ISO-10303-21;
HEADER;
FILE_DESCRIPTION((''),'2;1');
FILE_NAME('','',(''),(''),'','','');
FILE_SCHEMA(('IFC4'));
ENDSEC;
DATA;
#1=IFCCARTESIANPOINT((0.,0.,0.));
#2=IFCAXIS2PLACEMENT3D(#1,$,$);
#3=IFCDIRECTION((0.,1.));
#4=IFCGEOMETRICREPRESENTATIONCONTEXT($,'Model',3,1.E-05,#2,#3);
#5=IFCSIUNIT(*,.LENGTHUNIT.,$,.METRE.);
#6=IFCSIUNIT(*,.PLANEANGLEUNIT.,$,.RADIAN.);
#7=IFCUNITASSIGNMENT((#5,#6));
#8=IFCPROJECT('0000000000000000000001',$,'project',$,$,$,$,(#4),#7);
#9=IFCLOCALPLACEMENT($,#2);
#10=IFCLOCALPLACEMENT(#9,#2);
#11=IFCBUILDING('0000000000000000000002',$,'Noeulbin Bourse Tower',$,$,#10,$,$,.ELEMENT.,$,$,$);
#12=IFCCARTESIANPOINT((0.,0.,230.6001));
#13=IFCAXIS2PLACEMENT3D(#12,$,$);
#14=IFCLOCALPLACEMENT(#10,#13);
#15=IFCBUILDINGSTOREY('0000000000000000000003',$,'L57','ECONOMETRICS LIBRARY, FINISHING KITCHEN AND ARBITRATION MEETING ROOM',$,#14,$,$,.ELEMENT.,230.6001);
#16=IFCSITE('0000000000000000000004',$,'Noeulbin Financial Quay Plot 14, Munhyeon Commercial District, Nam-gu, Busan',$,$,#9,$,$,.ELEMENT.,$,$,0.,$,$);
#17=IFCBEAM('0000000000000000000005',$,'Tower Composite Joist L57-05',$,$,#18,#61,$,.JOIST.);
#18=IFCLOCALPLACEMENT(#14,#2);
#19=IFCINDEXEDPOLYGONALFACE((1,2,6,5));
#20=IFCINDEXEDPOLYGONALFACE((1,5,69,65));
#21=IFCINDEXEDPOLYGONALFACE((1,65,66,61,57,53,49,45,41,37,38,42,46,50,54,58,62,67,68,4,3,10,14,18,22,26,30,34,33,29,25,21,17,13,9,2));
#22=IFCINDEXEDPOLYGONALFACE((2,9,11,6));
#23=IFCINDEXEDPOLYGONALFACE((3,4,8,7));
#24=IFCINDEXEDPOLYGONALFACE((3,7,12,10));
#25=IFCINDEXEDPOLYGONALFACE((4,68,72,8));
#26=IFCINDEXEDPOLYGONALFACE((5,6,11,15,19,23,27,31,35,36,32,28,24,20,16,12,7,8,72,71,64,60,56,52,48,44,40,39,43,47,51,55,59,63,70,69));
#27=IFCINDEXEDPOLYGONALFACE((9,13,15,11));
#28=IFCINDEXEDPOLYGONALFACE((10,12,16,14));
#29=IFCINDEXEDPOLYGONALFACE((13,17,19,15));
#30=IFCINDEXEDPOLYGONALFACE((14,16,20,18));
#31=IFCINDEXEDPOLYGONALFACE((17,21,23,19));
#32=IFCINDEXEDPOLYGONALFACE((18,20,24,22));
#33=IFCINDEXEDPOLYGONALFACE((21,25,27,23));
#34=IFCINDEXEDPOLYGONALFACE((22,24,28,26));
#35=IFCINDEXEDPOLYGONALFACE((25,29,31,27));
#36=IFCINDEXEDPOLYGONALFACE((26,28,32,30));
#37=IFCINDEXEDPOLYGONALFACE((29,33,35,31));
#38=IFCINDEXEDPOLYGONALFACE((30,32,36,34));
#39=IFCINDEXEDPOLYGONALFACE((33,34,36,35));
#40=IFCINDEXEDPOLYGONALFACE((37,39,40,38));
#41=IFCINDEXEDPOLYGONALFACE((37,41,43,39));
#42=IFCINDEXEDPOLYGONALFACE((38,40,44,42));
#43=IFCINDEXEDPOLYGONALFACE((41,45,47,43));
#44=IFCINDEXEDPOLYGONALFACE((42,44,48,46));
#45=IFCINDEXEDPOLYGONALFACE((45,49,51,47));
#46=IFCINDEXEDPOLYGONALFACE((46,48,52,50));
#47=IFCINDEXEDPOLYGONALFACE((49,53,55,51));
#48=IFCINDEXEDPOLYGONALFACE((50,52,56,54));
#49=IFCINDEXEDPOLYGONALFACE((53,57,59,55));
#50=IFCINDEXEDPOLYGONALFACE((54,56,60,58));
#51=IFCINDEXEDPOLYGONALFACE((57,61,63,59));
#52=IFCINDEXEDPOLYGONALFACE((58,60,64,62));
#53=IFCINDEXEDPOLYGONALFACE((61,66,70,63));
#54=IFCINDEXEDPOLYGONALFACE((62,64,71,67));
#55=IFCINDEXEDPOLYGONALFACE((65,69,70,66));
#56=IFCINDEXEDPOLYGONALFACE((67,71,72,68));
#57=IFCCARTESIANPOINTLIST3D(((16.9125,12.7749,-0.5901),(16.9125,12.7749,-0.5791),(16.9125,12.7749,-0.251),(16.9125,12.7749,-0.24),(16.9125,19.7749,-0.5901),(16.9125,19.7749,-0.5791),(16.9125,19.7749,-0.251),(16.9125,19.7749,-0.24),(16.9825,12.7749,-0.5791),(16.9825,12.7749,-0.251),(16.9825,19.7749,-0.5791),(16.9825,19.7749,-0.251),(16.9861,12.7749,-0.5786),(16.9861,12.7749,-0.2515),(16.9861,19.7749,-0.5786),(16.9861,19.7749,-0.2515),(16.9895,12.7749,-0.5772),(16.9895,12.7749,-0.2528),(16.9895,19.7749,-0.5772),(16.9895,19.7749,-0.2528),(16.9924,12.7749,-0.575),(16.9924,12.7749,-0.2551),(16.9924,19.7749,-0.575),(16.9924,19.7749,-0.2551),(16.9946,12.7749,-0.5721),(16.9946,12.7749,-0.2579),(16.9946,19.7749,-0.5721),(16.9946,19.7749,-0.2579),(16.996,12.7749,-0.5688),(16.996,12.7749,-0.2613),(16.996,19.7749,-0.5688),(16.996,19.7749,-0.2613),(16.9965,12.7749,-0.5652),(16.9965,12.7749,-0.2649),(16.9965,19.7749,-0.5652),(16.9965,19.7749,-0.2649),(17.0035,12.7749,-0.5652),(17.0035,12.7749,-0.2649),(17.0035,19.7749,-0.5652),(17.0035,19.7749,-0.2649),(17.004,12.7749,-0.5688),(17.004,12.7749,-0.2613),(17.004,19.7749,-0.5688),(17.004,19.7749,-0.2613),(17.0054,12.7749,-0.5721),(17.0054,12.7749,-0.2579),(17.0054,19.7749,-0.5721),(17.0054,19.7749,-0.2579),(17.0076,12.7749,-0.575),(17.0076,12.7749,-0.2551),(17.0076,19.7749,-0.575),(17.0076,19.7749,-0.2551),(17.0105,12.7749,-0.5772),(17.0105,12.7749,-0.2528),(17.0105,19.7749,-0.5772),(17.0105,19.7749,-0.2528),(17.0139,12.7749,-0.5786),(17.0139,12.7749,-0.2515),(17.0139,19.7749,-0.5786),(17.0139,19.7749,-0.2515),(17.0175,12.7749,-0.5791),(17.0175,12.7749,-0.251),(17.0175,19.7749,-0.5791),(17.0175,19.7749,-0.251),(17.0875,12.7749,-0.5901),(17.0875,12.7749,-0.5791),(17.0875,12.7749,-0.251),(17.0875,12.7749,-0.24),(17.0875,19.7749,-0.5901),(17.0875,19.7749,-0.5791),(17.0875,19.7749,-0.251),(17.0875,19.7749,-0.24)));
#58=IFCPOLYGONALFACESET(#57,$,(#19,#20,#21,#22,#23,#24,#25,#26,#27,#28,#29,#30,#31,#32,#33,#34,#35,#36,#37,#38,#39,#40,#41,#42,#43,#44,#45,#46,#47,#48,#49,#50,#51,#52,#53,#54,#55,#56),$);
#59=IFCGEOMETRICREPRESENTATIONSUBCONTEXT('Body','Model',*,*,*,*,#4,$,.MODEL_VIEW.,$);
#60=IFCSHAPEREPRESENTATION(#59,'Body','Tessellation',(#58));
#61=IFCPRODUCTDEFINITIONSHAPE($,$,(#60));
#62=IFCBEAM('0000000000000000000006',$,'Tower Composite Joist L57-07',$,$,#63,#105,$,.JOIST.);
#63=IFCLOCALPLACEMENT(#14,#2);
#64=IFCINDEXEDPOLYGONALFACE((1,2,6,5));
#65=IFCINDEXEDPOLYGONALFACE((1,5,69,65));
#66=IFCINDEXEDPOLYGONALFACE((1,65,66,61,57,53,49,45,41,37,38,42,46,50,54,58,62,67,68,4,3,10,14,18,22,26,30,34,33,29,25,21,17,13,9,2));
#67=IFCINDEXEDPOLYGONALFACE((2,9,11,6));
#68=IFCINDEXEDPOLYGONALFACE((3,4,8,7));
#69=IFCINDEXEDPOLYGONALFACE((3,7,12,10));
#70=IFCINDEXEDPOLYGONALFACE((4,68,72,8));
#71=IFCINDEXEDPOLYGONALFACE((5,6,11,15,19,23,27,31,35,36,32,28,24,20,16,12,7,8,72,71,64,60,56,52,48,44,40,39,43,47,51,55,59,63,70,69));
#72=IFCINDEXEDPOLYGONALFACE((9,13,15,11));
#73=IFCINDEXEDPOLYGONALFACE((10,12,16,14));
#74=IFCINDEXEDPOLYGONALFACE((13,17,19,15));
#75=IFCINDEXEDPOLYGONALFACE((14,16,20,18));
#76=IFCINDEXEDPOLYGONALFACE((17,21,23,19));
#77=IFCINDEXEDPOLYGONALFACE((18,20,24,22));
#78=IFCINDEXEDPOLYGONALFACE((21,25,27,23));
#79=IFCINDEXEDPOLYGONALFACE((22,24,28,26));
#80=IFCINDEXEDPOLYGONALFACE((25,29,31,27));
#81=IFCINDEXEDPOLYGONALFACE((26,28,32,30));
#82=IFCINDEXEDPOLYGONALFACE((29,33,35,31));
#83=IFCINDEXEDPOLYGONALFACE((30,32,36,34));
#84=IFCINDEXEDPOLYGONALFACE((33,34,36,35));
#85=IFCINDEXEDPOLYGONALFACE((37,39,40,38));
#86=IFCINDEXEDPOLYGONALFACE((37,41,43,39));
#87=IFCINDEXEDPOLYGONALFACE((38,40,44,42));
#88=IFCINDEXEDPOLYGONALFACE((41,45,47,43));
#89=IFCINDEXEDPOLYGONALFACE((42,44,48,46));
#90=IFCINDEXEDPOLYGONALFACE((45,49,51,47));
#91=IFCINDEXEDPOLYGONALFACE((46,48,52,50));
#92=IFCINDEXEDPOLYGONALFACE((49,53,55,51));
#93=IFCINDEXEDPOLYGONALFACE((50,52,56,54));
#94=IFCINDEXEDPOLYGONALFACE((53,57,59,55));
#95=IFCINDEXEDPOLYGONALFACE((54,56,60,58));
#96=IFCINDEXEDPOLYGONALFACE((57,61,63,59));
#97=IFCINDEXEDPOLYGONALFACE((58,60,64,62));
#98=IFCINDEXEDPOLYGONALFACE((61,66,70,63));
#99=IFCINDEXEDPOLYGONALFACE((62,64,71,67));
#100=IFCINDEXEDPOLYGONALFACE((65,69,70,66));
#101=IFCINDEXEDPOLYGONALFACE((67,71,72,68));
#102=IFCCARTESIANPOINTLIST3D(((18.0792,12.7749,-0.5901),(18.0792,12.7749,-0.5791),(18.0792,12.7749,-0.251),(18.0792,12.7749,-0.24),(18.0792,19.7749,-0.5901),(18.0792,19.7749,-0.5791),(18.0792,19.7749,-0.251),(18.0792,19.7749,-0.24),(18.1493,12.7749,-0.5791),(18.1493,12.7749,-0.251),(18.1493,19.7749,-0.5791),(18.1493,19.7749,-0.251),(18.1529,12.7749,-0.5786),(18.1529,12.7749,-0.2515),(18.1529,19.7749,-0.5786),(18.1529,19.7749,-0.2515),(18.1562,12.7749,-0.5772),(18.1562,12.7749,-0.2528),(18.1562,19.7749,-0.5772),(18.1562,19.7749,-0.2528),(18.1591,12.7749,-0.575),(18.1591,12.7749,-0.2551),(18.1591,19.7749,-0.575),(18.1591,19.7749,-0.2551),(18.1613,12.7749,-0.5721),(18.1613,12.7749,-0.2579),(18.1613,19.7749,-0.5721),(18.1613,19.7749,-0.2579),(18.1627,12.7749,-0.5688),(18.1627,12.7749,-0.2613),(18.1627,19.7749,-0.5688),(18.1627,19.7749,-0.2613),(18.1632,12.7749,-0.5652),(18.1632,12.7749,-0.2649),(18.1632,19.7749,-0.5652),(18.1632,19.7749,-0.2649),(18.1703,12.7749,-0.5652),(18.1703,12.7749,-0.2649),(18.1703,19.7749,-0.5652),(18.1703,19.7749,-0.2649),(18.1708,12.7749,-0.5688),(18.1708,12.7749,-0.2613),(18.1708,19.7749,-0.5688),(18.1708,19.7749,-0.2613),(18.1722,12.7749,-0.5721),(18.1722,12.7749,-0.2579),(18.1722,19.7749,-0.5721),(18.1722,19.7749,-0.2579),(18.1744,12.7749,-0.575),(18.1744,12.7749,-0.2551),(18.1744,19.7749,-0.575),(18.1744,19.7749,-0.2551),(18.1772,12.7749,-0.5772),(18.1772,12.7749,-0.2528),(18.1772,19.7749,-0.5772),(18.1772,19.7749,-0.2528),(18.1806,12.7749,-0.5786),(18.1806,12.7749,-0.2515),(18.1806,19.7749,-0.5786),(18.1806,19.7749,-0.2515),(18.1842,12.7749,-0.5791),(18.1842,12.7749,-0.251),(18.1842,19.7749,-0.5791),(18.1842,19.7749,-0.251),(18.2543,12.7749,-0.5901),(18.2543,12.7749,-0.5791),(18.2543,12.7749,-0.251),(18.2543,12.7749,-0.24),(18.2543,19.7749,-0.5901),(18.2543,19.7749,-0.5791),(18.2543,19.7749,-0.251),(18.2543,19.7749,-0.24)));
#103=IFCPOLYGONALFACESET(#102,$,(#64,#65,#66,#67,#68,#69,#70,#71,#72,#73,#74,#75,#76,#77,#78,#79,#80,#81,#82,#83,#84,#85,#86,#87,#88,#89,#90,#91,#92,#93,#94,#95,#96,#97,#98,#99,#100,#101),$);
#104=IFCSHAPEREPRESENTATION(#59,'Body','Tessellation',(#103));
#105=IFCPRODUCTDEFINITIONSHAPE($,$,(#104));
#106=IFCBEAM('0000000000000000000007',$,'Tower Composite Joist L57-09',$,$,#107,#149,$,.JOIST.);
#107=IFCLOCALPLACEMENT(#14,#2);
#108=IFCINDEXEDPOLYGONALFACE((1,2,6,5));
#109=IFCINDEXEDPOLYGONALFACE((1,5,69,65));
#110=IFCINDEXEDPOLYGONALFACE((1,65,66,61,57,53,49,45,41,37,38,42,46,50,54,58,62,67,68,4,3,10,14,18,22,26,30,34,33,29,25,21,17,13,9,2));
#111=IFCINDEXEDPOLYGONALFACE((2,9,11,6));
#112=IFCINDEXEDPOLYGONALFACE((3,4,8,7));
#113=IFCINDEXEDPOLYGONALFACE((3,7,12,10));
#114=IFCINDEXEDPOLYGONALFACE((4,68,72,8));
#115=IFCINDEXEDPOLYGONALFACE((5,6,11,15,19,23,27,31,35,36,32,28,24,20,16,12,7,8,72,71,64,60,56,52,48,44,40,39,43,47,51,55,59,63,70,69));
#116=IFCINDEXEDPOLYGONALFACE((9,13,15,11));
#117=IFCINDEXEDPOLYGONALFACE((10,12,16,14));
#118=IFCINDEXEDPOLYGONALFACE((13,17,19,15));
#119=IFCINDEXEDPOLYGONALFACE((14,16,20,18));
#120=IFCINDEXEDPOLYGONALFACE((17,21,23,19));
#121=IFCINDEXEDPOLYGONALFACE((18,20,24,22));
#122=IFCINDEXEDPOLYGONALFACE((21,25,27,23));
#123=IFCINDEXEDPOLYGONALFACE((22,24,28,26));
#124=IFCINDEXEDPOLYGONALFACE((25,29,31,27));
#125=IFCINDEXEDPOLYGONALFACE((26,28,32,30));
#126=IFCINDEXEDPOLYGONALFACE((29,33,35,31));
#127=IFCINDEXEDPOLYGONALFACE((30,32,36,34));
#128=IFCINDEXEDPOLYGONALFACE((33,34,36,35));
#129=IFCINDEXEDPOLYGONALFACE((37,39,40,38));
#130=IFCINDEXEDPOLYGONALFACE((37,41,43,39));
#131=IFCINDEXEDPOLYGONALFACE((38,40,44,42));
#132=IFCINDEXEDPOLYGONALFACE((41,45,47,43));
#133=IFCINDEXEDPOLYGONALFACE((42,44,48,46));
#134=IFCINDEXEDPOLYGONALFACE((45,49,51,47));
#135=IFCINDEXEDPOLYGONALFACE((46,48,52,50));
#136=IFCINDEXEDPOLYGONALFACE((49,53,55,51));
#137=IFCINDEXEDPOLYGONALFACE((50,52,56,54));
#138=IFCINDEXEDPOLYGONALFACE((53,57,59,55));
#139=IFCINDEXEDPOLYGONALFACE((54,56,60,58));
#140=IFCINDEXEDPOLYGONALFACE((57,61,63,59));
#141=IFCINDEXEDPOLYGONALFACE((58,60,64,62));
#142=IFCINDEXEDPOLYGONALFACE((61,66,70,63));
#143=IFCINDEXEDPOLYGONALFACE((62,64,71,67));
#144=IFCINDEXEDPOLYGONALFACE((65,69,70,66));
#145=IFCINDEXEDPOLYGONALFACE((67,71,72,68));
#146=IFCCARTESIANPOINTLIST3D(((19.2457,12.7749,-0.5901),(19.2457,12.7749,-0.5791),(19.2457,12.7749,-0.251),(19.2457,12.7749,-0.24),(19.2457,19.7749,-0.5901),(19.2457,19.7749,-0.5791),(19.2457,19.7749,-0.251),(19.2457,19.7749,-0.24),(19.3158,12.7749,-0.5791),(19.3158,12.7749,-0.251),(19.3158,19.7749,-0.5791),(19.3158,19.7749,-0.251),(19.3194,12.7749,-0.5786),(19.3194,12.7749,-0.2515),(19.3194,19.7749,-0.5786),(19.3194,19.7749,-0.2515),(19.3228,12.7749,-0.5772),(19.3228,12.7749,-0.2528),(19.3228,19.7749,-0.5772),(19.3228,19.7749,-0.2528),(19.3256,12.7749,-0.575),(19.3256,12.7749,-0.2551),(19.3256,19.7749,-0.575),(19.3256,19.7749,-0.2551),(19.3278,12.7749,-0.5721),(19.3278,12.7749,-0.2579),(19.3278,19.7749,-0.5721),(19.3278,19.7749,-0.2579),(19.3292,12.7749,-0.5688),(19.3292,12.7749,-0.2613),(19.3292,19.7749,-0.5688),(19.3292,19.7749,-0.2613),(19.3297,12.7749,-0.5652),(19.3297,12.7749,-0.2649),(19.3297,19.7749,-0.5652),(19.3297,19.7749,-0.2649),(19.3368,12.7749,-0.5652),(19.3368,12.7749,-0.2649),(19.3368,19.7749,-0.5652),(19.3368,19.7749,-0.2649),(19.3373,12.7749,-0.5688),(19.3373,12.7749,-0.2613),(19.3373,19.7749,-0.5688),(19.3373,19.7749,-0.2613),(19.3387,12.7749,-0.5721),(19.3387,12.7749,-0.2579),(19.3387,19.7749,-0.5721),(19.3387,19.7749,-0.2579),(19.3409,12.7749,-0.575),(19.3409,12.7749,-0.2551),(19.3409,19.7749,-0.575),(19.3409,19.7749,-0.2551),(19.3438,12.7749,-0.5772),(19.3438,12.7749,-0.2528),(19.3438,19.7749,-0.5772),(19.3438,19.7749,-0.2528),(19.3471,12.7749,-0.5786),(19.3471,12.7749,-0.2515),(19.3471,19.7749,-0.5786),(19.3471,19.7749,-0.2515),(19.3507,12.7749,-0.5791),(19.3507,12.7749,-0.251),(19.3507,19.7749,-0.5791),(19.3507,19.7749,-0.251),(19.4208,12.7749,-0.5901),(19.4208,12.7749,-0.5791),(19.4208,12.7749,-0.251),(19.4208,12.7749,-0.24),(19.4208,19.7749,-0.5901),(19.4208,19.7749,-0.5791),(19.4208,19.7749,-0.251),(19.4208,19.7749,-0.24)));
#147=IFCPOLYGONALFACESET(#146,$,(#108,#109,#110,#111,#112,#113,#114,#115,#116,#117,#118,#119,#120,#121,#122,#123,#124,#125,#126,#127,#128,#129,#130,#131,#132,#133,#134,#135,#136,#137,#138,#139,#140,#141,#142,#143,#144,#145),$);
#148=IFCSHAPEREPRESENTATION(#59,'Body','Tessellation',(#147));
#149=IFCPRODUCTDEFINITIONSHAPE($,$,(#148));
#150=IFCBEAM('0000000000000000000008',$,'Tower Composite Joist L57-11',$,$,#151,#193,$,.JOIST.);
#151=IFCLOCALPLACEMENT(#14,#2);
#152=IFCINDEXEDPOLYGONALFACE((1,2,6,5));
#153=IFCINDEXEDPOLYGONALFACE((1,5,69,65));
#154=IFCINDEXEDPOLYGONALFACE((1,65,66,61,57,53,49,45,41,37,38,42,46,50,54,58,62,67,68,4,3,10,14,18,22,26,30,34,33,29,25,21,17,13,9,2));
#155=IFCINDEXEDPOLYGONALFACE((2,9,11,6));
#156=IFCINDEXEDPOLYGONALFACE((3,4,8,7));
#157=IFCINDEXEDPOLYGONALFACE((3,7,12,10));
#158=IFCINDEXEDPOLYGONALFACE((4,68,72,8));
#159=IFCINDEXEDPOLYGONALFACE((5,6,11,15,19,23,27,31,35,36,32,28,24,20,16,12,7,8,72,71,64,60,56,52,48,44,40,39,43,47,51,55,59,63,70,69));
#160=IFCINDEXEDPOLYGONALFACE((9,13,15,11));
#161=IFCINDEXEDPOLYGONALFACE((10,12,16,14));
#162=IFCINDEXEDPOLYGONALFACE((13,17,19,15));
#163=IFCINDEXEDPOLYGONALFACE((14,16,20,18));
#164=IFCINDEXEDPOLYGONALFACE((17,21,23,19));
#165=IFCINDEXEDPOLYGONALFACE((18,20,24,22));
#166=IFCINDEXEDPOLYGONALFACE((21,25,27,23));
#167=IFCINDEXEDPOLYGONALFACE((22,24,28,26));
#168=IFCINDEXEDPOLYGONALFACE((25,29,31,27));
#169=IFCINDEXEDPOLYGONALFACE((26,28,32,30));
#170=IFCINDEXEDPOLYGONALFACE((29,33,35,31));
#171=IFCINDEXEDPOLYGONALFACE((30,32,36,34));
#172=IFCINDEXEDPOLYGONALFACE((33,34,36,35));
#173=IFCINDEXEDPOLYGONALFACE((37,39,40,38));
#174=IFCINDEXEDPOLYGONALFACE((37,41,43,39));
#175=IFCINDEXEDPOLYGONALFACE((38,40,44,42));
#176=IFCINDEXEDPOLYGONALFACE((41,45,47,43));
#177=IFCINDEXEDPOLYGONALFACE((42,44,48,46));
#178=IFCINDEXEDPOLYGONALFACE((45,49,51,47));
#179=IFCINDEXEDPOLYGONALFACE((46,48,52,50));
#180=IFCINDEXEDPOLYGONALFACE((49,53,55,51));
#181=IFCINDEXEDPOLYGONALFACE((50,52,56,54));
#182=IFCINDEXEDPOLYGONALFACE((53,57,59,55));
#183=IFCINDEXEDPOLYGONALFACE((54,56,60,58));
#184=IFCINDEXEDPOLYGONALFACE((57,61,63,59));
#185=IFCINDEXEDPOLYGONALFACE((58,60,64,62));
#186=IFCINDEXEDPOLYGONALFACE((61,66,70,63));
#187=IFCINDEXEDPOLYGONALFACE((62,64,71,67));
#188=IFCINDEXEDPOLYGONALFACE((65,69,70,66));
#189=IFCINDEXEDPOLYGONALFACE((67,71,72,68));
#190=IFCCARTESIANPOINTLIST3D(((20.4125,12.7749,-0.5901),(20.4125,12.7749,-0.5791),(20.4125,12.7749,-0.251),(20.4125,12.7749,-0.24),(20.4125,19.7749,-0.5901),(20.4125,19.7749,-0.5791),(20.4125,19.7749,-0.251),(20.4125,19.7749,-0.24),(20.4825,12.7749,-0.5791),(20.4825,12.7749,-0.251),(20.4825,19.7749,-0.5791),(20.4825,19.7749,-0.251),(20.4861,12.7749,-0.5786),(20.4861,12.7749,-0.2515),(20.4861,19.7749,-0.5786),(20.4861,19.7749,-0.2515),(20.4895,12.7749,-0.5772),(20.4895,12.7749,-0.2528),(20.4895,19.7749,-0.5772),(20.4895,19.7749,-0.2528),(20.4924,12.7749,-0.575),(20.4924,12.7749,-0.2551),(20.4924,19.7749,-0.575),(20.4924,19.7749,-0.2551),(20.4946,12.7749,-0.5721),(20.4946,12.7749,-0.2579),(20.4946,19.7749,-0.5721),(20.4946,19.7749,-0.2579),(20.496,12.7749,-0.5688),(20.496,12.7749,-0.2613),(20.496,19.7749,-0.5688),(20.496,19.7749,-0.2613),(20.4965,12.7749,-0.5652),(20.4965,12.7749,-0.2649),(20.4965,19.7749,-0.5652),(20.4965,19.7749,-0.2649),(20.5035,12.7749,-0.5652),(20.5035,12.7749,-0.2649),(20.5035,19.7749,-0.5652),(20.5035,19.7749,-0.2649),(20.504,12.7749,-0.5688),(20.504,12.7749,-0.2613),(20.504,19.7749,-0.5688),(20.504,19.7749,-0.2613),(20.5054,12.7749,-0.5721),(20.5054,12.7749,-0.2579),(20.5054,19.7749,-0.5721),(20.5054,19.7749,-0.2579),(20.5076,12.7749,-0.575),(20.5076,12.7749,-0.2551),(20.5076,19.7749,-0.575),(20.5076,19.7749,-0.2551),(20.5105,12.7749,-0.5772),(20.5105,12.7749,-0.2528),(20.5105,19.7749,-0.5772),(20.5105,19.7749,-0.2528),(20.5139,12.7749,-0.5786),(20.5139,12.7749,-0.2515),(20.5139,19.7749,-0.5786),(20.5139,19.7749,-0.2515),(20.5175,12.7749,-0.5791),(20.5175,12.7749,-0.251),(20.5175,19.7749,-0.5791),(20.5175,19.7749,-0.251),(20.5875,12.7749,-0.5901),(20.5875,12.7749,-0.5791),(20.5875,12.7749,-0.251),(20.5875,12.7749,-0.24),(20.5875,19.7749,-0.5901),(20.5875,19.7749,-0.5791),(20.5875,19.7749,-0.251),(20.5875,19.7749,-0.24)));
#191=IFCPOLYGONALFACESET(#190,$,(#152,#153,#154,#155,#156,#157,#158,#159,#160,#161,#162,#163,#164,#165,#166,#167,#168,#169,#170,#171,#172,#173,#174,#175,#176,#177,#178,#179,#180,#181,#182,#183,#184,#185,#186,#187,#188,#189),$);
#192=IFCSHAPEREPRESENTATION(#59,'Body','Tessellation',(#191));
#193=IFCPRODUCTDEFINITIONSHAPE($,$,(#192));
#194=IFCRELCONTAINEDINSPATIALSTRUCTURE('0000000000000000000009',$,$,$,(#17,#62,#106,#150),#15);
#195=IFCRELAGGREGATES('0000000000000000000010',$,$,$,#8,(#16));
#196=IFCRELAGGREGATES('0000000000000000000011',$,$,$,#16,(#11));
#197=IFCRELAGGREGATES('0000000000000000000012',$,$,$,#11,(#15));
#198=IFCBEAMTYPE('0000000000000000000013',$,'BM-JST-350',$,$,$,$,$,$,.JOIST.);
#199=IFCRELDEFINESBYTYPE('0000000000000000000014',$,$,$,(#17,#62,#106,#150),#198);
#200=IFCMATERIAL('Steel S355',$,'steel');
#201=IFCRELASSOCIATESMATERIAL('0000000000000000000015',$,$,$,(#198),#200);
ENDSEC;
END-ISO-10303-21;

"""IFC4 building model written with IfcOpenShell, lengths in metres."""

from ifc_helpers import new_model, si_unit, direction, frame, origin, origin_2d, place, context, subcontext, project, spatial, i_section, extrude, material, material_profile, profile_set, type_object, element, save


model = new_model("IFC4")

# Units and contexts
model_context = context("Model", 3, precision=1e-05, world=origin(), true_north=direction((0.0, 1.0)))
body_context = subcontext(model_context, "Body", "Model", "MODEL_VIEW")
ifc_project = project(units=[si_unit("LENGTHUNIT", "METRE"), si_unit("PLANEANGLEUNIT", "RADIAN")], contexts=[model_context])

# Site, building, storey
site_placement = place(None, origin())
site = spatial("IfcSite", under=ifc_project, at=site_placement, Name="Noeulbin Financial Quay Plot 14, Munhyeon Commercial District, Nam-gu, Busan", CompositionType="ELEMENT", RefElevation=0.0)
building_placement = place(site_placement, origin())
building = spatial("IfcBuilding", under=site, at=building_placement, Name="Noeulbin Bourse Tower", CompositionType="ELEMENT")
storey_placement = place(building_placement, frame((0.0, 0.0, 230.6001)))
storey = spatial("IfcBuildingStorey", under=building, at=storey_placement, Name="L57", Description="ECONOMETRICS LIBRARY, FINISHING KITCHEN AND ARBITRATION MEETING ROOM", CompositionType="ELEMENT", Elevation=230.6001)

# Shared definitions
ifc_material_1 = material(Name="Steel S355", Category="steel")

# Beams
ifc_material_profile_1 = material_profile(ifc_material_1, i_section(OverallWidth=0.175, OverallDepth=0.3501, WebThickness=0.0071, FlangeThickness=0.011, FilletRadius=0.0139, at=origin_2d()), Name="H-350x175x7x11", Category="LoadBearing")
ifc_profile_set_1 = profile_set([ifc_material_profile_1], Name="Steel S355")
beam_type = type_object("IfcBeamType", Name="BM-JST-350", PredefinedType="JOIST", material=ifc_profile_set_1)
for number, where, z_axis, x_axis, name in (
    (1, (17.0, 12.7749, -0.415), (0.0, 1.0, 0.0), (-1.0, 0.0, 0.0), "Tower Composite Joist L57-05"),
    (2, (18.1667, 12.7749, -0.415), (0.0, 1.0, 0.0), (-1.0, 0.0, 0.0), "Tower Composite Joist L57-07"),
    (3, (19.3333, 12.7749, -0.415), (0.0, 1.0, 0.0), (-1.0, 0.0, 0.0), "Tower Composite Joist L57-09"),
    (4, (20.5, 12.7749, -0.415), (0.0, 1.0, 0.0), (-1.0, 0.0, 0.0), "Tower Composite Joist L57-11"),
):
    element("IfcBeam", number, at=place(storey_placement, frame(where, z_axis=z_axis, x_axis=x_axis)), inside=storey, type_object=beam_type, Name=name, PredefinedType="JOIST", context=body_context, shape_type="SweptSolid", body=[
        extrude(i_section(OverallWidth=0.175, OverallDepth=0.3501, WebThickness=0.0071, FlangeThickness=0.011, FilletRadius=0.0139, at=origin_2d()), origin(), (0.0, 0.0, 1.0), 7.0),
    ])

save(model, "model.ifc")
